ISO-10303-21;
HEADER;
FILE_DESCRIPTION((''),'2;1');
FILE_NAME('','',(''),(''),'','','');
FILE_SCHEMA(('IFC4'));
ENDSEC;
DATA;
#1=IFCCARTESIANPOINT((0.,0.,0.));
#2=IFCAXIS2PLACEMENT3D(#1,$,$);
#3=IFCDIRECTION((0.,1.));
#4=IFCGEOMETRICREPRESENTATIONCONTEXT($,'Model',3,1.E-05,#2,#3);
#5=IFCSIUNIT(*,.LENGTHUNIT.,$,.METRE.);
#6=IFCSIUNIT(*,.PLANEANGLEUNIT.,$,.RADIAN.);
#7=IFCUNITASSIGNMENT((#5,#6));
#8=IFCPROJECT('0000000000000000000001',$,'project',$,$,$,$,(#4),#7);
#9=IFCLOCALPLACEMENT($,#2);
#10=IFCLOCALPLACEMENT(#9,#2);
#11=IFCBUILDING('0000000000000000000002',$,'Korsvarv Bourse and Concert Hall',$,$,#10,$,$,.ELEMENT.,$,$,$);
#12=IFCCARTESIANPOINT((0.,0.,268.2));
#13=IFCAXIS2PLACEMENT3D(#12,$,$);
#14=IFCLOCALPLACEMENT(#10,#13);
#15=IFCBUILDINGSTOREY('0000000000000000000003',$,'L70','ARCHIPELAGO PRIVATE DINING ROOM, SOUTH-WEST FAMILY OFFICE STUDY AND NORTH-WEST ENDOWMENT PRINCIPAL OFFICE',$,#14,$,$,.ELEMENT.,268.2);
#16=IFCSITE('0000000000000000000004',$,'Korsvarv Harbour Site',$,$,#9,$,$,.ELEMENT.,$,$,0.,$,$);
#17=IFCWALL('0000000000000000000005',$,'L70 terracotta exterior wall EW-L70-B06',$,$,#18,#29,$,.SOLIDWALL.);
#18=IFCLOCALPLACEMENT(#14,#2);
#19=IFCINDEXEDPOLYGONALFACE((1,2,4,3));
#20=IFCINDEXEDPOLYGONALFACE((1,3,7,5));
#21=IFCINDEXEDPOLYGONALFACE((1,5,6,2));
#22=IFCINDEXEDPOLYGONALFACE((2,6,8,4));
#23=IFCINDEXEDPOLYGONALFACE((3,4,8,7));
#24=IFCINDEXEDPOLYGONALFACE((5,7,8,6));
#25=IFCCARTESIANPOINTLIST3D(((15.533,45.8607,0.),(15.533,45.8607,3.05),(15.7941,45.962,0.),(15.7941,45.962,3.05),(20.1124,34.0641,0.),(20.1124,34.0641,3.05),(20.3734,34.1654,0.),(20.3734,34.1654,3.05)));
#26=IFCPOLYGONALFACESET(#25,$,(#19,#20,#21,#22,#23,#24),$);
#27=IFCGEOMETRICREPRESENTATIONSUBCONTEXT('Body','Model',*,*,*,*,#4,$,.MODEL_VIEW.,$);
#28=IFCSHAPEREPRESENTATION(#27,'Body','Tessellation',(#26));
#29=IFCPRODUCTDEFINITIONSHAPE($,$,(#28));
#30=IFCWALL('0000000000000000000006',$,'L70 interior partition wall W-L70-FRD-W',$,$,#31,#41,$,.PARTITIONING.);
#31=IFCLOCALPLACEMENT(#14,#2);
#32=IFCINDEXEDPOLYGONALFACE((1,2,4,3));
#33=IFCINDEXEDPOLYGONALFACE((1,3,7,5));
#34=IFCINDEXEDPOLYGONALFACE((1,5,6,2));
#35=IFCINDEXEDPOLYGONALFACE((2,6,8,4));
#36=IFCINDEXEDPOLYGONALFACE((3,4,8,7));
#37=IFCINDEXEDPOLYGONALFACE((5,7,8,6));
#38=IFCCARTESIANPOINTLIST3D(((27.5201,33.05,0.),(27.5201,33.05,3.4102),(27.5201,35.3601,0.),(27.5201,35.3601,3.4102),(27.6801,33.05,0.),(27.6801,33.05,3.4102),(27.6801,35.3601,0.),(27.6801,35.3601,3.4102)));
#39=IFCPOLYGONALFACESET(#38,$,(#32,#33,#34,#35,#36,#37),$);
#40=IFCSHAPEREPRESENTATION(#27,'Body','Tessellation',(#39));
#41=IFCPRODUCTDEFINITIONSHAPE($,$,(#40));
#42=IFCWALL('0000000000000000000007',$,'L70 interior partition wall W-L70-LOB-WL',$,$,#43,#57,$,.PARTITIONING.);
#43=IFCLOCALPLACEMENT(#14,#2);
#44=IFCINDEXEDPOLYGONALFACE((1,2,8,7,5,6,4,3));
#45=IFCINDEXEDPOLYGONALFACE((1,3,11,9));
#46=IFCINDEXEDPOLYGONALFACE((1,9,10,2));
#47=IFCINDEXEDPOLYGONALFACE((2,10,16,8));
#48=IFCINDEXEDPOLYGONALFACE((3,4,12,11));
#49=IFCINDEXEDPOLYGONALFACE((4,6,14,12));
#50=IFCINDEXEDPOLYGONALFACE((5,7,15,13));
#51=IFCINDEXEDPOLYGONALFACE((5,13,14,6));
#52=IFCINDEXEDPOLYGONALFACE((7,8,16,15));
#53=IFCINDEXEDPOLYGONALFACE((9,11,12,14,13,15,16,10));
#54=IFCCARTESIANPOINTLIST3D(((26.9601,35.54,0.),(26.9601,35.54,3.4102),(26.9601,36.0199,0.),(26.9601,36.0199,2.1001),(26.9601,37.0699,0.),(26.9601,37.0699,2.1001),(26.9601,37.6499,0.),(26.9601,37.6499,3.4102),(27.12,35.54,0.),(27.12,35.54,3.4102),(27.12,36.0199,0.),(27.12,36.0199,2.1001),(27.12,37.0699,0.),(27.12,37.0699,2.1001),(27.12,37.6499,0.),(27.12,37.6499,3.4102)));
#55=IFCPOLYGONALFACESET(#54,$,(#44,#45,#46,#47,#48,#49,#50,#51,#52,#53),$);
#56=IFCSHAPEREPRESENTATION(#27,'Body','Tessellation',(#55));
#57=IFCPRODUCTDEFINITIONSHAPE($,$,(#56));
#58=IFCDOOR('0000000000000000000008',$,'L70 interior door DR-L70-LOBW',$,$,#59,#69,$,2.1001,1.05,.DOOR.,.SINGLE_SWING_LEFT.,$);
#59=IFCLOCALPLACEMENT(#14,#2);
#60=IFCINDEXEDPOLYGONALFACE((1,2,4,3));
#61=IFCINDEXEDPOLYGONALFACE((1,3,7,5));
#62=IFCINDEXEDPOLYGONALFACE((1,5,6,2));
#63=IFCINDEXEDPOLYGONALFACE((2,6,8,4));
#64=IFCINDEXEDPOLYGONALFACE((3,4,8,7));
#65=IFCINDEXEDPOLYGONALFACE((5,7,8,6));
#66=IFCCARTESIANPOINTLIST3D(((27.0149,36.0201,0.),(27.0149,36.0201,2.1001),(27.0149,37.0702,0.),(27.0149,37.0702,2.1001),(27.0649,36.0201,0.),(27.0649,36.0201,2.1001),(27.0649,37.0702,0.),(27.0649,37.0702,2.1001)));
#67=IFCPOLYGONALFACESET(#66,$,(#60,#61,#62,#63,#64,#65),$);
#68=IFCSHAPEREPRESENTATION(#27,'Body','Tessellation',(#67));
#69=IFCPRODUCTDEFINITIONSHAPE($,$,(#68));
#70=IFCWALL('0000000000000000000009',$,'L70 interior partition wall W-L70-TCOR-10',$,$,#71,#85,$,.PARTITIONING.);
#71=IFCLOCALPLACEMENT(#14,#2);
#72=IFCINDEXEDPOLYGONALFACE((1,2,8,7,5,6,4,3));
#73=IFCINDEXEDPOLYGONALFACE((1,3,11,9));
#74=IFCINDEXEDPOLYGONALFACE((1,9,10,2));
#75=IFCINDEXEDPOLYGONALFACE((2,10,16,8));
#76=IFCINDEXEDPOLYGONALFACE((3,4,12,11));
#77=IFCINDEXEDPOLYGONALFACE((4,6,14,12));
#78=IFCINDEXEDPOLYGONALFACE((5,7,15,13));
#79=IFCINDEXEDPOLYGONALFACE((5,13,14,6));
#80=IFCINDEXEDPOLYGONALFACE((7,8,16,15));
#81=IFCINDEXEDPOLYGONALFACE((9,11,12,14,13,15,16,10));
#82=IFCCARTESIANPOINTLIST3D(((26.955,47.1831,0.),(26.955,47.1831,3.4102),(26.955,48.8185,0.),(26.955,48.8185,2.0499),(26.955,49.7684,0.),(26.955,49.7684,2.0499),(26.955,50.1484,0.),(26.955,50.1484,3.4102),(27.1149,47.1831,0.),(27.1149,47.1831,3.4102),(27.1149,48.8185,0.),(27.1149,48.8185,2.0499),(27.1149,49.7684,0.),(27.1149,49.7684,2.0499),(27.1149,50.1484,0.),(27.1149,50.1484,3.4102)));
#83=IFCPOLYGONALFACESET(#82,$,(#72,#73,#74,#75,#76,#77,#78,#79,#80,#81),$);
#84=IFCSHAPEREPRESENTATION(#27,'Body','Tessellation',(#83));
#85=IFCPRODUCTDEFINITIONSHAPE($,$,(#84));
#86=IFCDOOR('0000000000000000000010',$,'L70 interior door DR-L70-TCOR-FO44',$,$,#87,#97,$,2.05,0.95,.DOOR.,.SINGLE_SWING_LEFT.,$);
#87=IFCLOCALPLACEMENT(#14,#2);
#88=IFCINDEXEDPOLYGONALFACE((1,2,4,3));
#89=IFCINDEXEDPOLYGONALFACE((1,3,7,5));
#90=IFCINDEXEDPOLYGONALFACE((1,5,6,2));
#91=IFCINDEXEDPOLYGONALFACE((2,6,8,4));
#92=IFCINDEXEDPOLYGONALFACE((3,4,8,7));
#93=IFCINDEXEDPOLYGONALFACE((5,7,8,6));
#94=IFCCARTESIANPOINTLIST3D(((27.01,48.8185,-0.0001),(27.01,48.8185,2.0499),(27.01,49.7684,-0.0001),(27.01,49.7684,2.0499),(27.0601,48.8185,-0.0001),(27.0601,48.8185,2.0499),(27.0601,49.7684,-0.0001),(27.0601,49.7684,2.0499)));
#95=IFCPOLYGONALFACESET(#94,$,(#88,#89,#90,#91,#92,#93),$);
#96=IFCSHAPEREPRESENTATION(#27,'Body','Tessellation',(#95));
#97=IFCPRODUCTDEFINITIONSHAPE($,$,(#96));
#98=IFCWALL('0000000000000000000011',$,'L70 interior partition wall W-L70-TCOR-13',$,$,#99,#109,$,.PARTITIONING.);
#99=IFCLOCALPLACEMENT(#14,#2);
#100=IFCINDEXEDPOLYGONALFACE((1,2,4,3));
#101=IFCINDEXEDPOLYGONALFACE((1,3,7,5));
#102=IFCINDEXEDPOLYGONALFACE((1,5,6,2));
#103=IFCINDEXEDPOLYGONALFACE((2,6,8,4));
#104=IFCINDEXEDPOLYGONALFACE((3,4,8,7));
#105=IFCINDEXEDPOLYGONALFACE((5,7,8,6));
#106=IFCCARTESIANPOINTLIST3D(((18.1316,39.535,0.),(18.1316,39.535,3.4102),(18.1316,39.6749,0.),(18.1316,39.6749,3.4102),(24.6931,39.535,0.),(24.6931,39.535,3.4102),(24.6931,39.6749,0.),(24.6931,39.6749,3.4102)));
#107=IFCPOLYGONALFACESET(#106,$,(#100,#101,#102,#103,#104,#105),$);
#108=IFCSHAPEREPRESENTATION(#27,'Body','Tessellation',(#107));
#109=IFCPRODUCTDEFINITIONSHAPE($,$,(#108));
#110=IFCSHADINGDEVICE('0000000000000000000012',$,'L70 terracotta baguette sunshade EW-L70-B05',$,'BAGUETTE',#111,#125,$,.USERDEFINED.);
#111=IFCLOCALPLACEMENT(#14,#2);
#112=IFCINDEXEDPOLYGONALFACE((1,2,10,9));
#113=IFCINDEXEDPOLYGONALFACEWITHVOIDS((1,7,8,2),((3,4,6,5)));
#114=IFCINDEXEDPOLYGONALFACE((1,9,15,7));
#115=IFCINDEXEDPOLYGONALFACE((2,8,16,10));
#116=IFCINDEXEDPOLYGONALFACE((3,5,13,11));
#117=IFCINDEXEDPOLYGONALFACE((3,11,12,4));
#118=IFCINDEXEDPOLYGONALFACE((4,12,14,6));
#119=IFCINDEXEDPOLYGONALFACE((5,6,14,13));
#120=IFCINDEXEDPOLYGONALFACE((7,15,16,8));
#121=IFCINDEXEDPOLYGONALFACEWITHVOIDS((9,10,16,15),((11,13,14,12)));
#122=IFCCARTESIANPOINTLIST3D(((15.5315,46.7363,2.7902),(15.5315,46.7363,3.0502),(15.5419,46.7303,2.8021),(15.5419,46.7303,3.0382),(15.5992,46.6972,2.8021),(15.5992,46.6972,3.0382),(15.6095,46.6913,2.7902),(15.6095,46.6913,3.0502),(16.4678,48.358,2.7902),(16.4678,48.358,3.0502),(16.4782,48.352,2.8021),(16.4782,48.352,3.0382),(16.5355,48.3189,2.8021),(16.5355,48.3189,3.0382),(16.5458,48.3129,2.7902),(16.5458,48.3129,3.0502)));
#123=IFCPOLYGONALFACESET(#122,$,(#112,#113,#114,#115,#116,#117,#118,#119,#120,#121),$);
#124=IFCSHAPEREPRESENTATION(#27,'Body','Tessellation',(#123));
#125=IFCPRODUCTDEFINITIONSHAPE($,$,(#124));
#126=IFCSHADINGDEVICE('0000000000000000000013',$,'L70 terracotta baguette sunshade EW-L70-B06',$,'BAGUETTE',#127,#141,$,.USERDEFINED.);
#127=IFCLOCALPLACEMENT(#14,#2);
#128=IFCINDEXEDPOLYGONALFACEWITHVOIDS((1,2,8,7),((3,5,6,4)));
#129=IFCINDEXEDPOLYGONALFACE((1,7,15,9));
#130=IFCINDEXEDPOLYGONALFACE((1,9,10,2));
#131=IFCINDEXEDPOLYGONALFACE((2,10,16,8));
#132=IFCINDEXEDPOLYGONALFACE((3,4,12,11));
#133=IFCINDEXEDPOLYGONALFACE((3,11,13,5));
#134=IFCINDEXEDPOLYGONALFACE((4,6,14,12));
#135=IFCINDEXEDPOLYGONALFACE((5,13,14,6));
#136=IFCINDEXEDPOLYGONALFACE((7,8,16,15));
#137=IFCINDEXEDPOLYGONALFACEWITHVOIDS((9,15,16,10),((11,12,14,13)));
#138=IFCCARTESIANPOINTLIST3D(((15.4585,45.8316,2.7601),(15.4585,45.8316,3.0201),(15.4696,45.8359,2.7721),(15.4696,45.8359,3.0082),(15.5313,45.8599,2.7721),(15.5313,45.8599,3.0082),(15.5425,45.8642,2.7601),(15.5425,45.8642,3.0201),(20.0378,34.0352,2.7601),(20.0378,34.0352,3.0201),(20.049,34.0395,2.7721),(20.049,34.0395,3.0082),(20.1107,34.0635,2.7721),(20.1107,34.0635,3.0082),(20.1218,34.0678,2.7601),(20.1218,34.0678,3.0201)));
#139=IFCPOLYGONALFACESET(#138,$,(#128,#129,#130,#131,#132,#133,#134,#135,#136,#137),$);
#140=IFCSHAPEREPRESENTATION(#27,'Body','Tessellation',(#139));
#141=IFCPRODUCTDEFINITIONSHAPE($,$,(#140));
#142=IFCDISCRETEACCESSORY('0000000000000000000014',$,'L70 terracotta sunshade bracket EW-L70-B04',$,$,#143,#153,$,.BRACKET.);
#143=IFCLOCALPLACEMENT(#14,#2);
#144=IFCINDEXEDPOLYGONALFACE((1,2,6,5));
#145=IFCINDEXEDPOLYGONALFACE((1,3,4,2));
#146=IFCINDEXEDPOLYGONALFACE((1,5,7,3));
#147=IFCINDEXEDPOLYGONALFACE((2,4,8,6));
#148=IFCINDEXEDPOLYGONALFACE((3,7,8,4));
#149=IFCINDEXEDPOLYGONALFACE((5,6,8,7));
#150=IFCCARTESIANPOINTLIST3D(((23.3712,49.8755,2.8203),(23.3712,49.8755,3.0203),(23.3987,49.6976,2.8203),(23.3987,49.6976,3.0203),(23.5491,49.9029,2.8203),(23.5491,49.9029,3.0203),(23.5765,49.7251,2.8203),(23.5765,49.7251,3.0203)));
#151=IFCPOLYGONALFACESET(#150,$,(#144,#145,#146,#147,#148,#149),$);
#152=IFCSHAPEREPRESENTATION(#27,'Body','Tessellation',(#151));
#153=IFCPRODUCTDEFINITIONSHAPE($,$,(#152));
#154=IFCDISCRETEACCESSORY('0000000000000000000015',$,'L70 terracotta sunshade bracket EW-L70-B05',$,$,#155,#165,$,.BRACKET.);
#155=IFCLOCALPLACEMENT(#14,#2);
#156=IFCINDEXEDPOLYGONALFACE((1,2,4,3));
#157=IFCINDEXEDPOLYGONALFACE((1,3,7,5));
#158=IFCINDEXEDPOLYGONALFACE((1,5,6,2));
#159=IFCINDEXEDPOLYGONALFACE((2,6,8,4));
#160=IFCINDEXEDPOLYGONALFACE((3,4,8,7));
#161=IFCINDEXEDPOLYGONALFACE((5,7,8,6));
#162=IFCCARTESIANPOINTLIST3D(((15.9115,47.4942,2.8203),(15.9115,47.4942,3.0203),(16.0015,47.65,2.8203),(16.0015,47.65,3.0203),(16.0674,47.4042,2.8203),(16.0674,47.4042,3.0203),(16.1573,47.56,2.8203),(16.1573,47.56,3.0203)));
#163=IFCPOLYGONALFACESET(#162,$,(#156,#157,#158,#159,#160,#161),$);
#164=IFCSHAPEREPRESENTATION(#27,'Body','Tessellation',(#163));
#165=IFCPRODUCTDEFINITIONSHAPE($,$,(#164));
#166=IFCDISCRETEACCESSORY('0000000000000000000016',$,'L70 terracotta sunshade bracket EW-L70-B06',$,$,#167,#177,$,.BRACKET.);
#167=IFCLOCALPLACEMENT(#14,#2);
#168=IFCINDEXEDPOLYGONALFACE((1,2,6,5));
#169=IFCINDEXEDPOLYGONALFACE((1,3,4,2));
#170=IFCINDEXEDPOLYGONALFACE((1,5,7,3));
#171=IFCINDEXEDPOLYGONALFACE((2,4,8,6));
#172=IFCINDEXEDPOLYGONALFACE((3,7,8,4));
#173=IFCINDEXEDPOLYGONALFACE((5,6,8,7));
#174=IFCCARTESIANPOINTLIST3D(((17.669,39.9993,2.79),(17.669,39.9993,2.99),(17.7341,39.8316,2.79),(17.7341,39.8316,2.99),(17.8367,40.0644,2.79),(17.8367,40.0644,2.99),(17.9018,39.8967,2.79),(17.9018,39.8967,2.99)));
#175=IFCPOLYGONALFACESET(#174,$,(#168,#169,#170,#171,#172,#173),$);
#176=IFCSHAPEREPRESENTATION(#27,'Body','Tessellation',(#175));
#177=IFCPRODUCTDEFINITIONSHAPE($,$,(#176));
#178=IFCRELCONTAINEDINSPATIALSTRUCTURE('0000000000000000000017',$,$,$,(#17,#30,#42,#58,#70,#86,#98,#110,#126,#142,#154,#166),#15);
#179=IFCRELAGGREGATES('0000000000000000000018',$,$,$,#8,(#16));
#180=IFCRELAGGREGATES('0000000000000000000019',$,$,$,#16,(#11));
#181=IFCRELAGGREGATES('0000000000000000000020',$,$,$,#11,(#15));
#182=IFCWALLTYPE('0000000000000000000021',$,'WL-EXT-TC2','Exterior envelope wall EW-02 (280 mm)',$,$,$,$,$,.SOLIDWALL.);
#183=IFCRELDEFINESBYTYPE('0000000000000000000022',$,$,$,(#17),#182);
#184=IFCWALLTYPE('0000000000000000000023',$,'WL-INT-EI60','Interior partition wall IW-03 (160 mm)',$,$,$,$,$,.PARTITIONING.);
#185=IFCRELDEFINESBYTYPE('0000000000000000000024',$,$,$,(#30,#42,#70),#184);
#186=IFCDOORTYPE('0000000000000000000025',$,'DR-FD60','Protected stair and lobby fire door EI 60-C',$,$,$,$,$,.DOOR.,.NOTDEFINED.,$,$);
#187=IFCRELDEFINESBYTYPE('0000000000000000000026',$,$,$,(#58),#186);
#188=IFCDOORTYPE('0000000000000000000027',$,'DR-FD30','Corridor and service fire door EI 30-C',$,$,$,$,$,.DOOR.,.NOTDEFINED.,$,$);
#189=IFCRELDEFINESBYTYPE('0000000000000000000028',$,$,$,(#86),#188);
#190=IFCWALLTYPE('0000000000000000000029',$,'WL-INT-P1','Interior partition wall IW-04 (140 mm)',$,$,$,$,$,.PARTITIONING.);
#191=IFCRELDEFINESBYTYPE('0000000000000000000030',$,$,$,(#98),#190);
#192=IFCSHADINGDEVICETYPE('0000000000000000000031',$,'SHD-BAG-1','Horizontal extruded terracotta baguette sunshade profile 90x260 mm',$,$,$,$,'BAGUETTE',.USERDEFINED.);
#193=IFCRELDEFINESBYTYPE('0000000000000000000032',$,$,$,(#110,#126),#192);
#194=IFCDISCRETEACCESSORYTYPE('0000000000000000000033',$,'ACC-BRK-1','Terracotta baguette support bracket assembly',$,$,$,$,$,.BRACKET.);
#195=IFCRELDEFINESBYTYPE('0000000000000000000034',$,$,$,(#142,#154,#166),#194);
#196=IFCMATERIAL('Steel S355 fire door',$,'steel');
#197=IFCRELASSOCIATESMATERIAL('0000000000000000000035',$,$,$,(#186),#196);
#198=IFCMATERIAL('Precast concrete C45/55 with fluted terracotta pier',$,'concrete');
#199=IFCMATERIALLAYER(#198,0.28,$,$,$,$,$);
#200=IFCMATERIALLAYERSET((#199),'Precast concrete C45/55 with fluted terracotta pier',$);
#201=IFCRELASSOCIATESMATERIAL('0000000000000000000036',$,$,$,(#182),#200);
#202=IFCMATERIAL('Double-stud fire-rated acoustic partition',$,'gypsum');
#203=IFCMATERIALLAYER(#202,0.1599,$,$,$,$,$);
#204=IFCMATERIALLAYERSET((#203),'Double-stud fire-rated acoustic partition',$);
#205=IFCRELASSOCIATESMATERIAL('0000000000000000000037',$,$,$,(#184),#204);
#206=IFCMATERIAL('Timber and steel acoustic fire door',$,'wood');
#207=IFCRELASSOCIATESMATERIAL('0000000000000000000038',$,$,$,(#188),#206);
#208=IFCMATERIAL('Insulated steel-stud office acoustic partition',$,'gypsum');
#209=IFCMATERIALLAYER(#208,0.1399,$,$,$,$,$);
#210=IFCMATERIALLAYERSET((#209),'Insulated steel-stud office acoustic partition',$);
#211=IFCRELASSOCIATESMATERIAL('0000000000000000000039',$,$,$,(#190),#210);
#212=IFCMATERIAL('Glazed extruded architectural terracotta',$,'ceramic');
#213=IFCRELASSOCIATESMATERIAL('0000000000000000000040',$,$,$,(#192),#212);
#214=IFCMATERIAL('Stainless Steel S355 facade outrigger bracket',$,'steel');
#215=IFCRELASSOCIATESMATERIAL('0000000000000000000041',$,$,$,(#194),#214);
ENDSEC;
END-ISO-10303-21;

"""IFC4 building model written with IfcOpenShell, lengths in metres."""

from ifc_helpers import new_model, si_unit, direction, frame, frame_2d, origin, origin_2d, place, context, subcontext, project, spatial, rectangle, hollow_rectangle, extrude, source, transform, mapped, material, layer, layer_set, material_profile, profile_set, type_object, element, fill, save


model = new_model("IFC4")

# Units and contexts
model_context = context("Model", 3, precision=1e-05, world=origin(), true_north=direction((0.0, 1.0)))
body_context = subcontext(model_context, "Body", "Model", "MODEL_VIEW")
ifc_project = project(units=[si_unit("LENGTHUNIT", "METRE"), si_unit("PLANEANGLEUNIT", "RADIAN")], contexts=[model_context])

# Site, building, storey
site_placement = place(None, origin())
site = spatial("IfcSite", under=ifc_project, at=site_placement, Name="Korsvarv Harbour Site", CompositionType="ELEMENT", RefElevation=0.0)
building_placement = place(site_placement, origin())
building = spatial("IfcBuilding", under=site, at=building_placement, Name="Korsvarv Bourse and Concert Hall", CompositionType="ELEMENT")
storey_placement = place(building_placement, frame((0.0, 0.0, 268.2)))
storey = spatial("IfcBuildingStorey", under=building, at=storey_placement, Name="L70", Description="ARCHIPELAGO PRIVATE DINING ROOM, SOUTH-WEST FAMILY OFFICE STUDY AND NORTH-WEST ENDOWMENT PRINCIPAL OFFICE", CompositionType="ELEMENT", Elevation=268.2)

# Shared definitions
ifc_material_1 = material(Name="Steel S355 fire door", Category="steel")
door_type_1 = type_object("IfcDoorType", Name="DR-FD60", Description="Protected stair and lobby fire door EI 60-C", OperationType="NOTDEFINED", PredefinedType="DOOR", material=ifc_material_1)

# Walls
ifc_material_2 = material(Name="Precast concrete C45/55 with fluted terracotta pier", Category="concrete")
ifc_layer_1 = layer(ifc_material_2, 0.28)
ifc_layer_set_1 = layer_set([ifc_layer_1], Name="Precast concrete C45/55 with fluted terracotta pier")
wall_type_1 = type_object("IfcWallType", Name="WL-EXT-TC2", Description="Exterior envelope wall EW-02 (280 mm)", PredefinedType="SOLIDWALL", material=ifc_layer_set_1)
wall_1_placement = place(storey_placement, frame((15.6636, 45.9114, 0.0), z_axis=(0.0, 0.0, 1.0), x_axis=(0.361881, -0.932224, 0.0)))
element("IfcWall", 1, at=wall_1_placement, inside=storey, type_object=wall_type_1, Name="L70 terracotta exterior wall EW-L70-B06", PredefinedType="SOLIDWALL", context=body_context, shape_type="SweptSolid", body=[
    extrude(rectangle(XDim=12.6543, YDim=0.28, at=frame_2d((6.3271, 0.0))), origin(), (0.0, 0.0, 1.0), 3.05),
])
ifc_material_3 = material(Name="Double-stud fire-rated acoustic partition", Category="gypsum")
ifc_layer_2 = layer(ifc_material_3, 0.1599)
ifc_layer_set_2 = layer_set([ifc_layer_2], Name="Double-stud fire-rated acoustic partition")
wall_type_2 = type_object("IfcWallType", Name="WL-INT-EI60", Description="Interior partition wall IW-03 (160 mm)", PredefinedType="PARTITIONING", material=ifc_layer_set_2)
wall_2_placement = place(storey_placement, frame((27.6001, 33.05, 0.0), z_axis=(0.0, 0.0, 1.0), x_axis=(0.0, 1.0, 0.0)))
element("IfcWall", 2, at=wall_2_placement, inside=storey, type_object=wall_type_2, Name="L70 interior partition wall W-L70-FRD-W", PredefinedType="PARTITIONING", context=body_context, shape_type="SweptSolid", body=[
    extrude(rectangle(XDim=2.3101, YDim=0.1599, at=frame_2d((1.155, 0.0))), origin(), (0.0, 0.0, 1.0), 3.4102),
])

# Walls, openings, doors
wall_3_placement = place(storey_placement, frame((27.04, 35.54, 0.0), z_axis=(0.0, 0.0, 1.0), x_axis=(0.0, 1.0, 0.0)))
wall_3 = element("IfcWall", 3, at=wall_3_placement, inside=storey, type_object=wall_type_2, Name="L70 interior partition wall W-L70-LOB-WL", PredefinedType="PARTITIONING", context=body_context, shape_type="SweptSolid", body=[
    extrude(rectangle(XDim=2.1099, YDim=0.1599, at=frame_2d((1.0549, 0.0))), origin(), (0.0, 0.0, 1.0), 3.4102),
])
opening_1_placement = place(wall_3_placement, frame((0.48, 0.0, 0.0)))
opening_1 = element("IfcOpeningElement", 4, at=opening_1_placement, cuts=wall_3, PredefinedType="OPENING", context=body_context, shape_type="SweptSolid", body=[
    extrude(rectangle(XDim=1.05, YDim=2.1001, at=frame_2d((0.5249, 1.05))), frame((0.0, 0.0898, 0.0), z_axis=(0.0, -1.0, 0.0), x_axis=(1.0, 0.0, 0.0)), (0.0, 0.0, 1.0), 0.1799),
])
door_1_placement = place(opening_1_placement, frame((1.05, 0.0, 0.0), z_axis=(0.0, 0.0, 1.0), x_axis=(-1.0, 0.0, 0.0)))
door_1 = element("IfcDoor", 5, at=door_1_placement, inside=storey, type_object=door_type_1, Name="L70 interior door DR-L70-LOBW", OperationType="SINGLE_SWING_LEFT", OverallHeight=2.1001, OverallWidth=1.05, PredefinedType="DOOR", context=body_context, shape_type="SweptSolid", body=[
    extrude(rectangle(XDim=1.05, YDim=2.1001, at=frame_2d((0.5249, 1.05))), frame((0.0, 0.0249, 0.0), z_axis=(0.0, -1.0, 0.0), x_axis=(1.0, 0.0, 0.0)), (0.0, 0.0, 1.0), 0.05),
])
fill(opening_1, door_1)
wall_4_placement = place(storey_placement, frame((27.0349, 47.1831, 0.0), z_axis=(0.0, 0.0, 1.0), x_axis=(0.0, 1.0, 0.0)))
wall_4 = element("IfcWall", 6, at=wall_4_placement, inside=storey, type_object=wall_type_2, Name="L70 interior partition wall W-L70-TCOR-10", PredefinedType="PARTITIONING", context=body_context, shape_type="SweptSolid", body=[
    extrude(rectangle(XDim=2.9653, YDim=0.1599, at=frame_2d((1.4827, 0.0))), origin(), (0.0, 0.0, 1.0), 3.4102),
])
opening_2_placement = place(wall_4_placement, frame((1.6353, 0.0, 0.0)))
opening_2 = element("IfcOpeningElement", 7, at=opening_2_placement, cuts=wall_4, PredefinedType="OPENING", context=body_context, shape_type="SweptSolid", body=[
    extrude(rectangle(XDim=0.95, YDim=2.05, at=frame_2d((0.4751, 1.0249))), frame((0.0, 0.0898, 0.0), z_axis=(0.0, -1.0, 0.0), x_axis=(1.0, 0.0, 0.0)), (0.0, 0.0, 1.0), 0.1799),
])
ifc_material_4 = material(Name="Timber and steel acoustic fire door", Category="wood")
door_type_2 = type_object("IfcDoorType", Name="DR-FD30", Description="Corridor and service fire door EI 30-C", OperationType="NOTDEFINED", PredefinedType="DOOR", material=ifc_material_4)
door_2_placement = place(opening_2_placement, origin())
door_2 = element("IfcDoor", 8, at=door_2_placement, inside=storey, type_object=door_type_2, Name="L70 interior door DR-L70-TCOR-FO44", OperationType="SINGLE_SWING_LEFT", OverallHeight=2.05, OverallWidth=0.95, PredefinedType="DOOR", context=body_context, shape_type="SweptSolid", body=[
    extrude(rectangle(XDim=0.95, YDim=2.05, at=frame_2d((0.4751, 1.0249))), frame((0.0, 0.0249, 0.0), z_axis=(0.0, -1.0, 0.0), x_axis=(1.0, 0.0, 0.0)), (0.0, 0.0, 1.0), 0.05),
])
fill(opening_2, door_2)

# Wall
ifc_material_5 = material(Name="Insulated steel-stud office acoustic partition", Category="gypsum")
ifc_layer_3 = layer(ifc_material_5, 0.1399)
ifc_layer_set_3 = layer_set([ifc_layer_3], Name="Insulated steel-stud office acoustic partition")
wall_type_3 = type_object("IfcWallType", Name="WL-INT-P1", Description="Interior partition wall IW-04 (140 mm)", PredefinedType="PARTITIONING", material=ifc_layer_set_3)
wall_5_placement = place(storey_placement, frame((18.1316, 39.605, 0.0), z_axis=(0.0, 0.0, 1.0), x_axis=(1.0, 0.0, 0.0)))
element("IfcWall", 9, at=wall_5_placement, inside=storey, type_object=wall_type_3, Name="L70 interior partition wall W-L70-TCOR-13", PredefinedType="PARTITIONING", context=body_context, shape_type="SweptSolid", body=[
    extrude(rectangle(XDim=6.5615, YDim=0.1399, at=frame_2d((3.2808, 0.0))), origin(), (0.0, 0.0, 1.0), 3.4102),
])

# Shading devices
ifc_material_6 = material(Name="Glazed extruded architectural terracotta", Category="ceramic")
ifc_material_profile_1 = material_profile(ifc_material_6, hollow_rectangle(XDim=0.0901, YDim=0.26, WallThickness=0.012, at=origin_2d()), Name="TC-BAG 90x260")
ifc_profile_set_1 = profile_set([ifc_material_profile_1], Name="Glazed extruded architectural terracotta")
shading_device_type = type_object("IfcShadingDeviceType", Name="SHD-BAG-1", Description="Horizontal extruded terracotta baguette sunshade profile 90x260 mm", ElementType="BAGUETTE", PredefinedType="USERDEFINED", material=ifc_profile_set_1)
shared_shape_1 = source(origin(), body_context, "Body", "SweptSolid", [
    extrude(hollow_rectangle(XDim=0.0901, YDim=0.26, WallThickness=0.012, at=origin_2d()), origin(), (0.0, 0.0, 1.0), 1.8726),
])
shading_device_1_placement = place(storey_placement, frame((16.5068, 48.3354, 2.9202), z_axis=(-0.500023, -0.866012, 0.0), x_axis=(0.866012, -0.500023, 0.0)))
element("IfcShadingDevice", 10, at=shading_device_1_placement, inside=storey, type_object=shading_device_type, Name="L70 terracotta baguette sunshade EW-L70-B05", ObjectType="BAGUETTE", PredefinedType="USERDEFINED", context=body_context, shape_type="MappedRepresentation", body=[
    mapped(shared_shape_1, transform((0.0, 0.0, 0.0), scale=1.0)),
])
shared_shape_2 = source(origin(), body_context, "Body", "SweptSolid", [
    extrude(hollow_rectangle(XDim=0.0901, YDim=0.26, WallThickness=0.012, at=origin_2d()), origin(), (0.0, 0.0, 1.0), 12.6541),
])
shading_device_2_placement = place(storey_placement, frame((15.5005, 45.8479, 2.8901), z_axis=(0.361888, -0.932222, 0.0), x_axis=(0.932222, 0.361888, 0.0)))
element("IfcShadingDevice", 11, at=shading_device_2_placement, inside=storey, type_object=shading_device_type, Name="L70 terracotta baguette sunshade EW-L70-B06", ObjectType="BAGUETTE", PredefinedType="USERDEFINED", context=body_context, shape_type="MappedRepresentation", body=[
    mapped(shared_shape_2, transform((0.0, 0.0, 0.0), scale=1.0)),
])

# Discrete accessories
ifc_material_7 = material(Name="Stainless Steel S355 facade outrigger bracket", Category="steel")
discrete_accessory_type = type_object("IfcDiscreteAccessoryType", Name="ACC-BRK-1", Description="Terracotta baguette support bracket assembly", PredefinedType="BRACKET", material=ifc_material_7)
shared_shape_3 = source(origin(), body_context, "Body", "SweptSolid", [
    extrude(rectangle(XDim=0.1799, YDim=0.1799, at=origin_2d()), origin(), (0.0, 0.0, 1.0), 0.2),
])
for number, where, z_axis, x_axis, name in (
    (12, (23.4739, 49.8003, 2.8203), (0.0, 0.0, 1.0), (-0.988282, -0.152641, 0.0), "L70 terracotta sunshade bracket EW-L70-B04"),
    (13, (16.0344, 47.5271, 2.8203), (0.0, 0.0, 1.0), (-0.5, -0.866025, 0.0), "L70 terracotta sunshade bracket EW-L70-B05"),
    (14, (17.7854, 39.948, 2.79), (0.0, 0.0, 1.0), (0.36195, -0.932198, 0.0), "L70 terracotta sunshade bracket EW-L70-B06"),
):
    element("IfcDiscreteAccessory", number, at=place(storey_placement, frame(where, z_axis=z_axis, x_axis=x_axis)), inside=storey, type_object=discrete_accessory_type, Name=name, PredefinedType="BRACKET", context=body_context, shape_type="MappedRepresentation", body=[
        mapped(shared_shape_3, transform((0.0, 0.0, 0.0), scale=1.0)),
    ])

save(model, "model.ifc")
